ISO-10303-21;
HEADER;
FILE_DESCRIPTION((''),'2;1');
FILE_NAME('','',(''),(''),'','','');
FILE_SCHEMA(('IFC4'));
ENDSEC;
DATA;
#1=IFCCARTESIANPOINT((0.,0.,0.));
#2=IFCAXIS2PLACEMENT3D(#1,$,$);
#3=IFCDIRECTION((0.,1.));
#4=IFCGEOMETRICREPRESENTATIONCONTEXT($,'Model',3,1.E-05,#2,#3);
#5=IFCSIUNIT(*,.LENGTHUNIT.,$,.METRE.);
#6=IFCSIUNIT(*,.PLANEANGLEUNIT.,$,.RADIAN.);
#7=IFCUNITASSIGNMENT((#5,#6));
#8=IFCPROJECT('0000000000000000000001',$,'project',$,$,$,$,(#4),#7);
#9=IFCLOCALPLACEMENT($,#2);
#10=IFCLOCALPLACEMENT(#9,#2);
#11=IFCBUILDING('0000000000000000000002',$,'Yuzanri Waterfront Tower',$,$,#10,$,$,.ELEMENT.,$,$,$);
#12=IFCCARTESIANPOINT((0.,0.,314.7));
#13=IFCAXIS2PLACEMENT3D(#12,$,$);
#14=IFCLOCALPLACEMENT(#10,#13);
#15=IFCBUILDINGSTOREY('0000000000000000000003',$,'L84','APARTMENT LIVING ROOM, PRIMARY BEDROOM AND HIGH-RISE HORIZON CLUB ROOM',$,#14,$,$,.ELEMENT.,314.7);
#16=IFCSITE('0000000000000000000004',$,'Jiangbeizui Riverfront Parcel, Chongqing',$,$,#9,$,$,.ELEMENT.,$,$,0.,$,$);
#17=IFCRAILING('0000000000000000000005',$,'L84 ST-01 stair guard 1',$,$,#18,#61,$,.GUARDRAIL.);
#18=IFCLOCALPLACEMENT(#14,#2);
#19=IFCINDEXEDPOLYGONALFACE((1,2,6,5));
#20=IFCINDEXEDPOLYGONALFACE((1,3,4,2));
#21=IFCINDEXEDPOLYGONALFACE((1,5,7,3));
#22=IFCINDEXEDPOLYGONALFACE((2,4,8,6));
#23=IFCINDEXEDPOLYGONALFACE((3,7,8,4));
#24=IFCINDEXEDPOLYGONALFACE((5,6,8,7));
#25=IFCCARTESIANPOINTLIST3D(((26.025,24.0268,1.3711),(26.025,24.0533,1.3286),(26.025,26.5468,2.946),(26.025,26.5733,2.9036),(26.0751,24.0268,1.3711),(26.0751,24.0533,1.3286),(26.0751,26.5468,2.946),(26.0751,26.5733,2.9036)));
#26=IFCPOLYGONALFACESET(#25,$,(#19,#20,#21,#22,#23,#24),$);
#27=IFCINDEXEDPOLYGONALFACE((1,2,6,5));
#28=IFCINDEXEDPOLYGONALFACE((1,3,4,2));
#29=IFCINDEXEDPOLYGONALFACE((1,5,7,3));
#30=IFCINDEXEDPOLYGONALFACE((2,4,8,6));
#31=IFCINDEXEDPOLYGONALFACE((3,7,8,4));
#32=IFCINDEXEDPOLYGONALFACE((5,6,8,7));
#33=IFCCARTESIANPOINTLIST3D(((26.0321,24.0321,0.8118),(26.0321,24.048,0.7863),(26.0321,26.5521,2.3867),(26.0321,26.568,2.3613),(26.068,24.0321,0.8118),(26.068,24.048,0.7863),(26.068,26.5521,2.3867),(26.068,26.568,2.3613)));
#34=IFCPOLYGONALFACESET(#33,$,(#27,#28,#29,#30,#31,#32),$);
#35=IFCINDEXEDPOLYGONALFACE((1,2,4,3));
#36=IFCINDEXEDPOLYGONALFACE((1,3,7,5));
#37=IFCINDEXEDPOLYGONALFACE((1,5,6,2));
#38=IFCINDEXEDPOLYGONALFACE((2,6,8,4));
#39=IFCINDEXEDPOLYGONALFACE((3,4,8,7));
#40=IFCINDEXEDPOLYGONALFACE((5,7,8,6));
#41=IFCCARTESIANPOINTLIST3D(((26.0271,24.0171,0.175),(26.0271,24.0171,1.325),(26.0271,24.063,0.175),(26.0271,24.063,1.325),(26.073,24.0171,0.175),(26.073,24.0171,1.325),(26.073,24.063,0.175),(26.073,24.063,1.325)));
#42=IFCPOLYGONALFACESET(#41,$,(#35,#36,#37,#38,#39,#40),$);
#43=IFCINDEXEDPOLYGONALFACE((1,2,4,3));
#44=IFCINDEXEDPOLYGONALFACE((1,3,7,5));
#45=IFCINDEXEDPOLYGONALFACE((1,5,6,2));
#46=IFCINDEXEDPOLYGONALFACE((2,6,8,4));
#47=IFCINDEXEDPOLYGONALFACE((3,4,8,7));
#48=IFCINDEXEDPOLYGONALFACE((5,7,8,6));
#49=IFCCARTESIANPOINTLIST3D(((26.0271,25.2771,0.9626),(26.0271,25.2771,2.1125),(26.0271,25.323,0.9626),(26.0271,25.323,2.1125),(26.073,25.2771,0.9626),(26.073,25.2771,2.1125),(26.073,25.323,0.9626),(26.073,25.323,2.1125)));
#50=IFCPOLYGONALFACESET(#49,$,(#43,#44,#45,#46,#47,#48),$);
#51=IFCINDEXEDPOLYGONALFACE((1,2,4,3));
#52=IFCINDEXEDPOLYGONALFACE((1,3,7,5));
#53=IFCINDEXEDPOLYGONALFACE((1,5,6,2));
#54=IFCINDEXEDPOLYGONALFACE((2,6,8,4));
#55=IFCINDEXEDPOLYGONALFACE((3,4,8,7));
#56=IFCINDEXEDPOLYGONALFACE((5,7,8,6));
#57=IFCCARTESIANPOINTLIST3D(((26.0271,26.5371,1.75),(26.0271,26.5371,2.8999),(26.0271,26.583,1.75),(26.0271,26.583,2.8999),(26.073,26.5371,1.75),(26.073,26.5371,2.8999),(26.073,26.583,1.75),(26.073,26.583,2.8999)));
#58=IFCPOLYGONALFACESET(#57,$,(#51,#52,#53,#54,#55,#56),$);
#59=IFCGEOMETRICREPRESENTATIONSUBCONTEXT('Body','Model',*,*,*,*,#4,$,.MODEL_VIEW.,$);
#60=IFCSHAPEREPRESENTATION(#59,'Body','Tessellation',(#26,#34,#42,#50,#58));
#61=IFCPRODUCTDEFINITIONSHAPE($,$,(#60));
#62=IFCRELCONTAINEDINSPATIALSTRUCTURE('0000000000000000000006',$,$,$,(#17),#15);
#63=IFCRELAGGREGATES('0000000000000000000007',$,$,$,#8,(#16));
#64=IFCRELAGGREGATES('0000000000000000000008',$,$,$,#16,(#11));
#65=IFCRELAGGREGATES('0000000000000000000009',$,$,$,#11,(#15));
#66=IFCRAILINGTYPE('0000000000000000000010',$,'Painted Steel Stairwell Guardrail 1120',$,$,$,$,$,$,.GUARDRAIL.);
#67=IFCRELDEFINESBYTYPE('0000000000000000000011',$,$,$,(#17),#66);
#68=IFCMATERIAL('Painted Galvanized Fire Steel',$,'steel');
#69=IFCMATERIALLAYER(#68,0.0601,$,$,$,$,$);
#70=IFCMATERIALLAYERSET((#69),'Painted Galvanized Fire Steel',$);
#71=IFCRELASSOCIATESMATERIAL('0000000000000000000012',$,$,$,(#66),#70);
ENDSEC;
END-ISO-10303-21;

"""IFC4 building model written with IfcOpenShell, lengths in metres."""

from ifc_helpers import new_model, si_unit, direction, frame, origin, origin_2d, place, context, subcontext, project, spatial, rectangle, extrude, source, transform, mapped, material, layer, layer_set, type_object, element, save


model = new_model("IFC4")

# Units and contexts
model_context = context("Model", 3, precision=1e-05, world=origin(), true_north=direction((0.0, 1.0)))
body_context = subcontext(model_context, "Body", "Model", "MODEL_VIEW")
ifc_project = project(units=[si_unit("LENGTHUNIT", "METRE"), si_unit("PLANEANGLEUNIT", "RADIAN")], contexts=[model_context])

# Site, building, storey
site_placement = place(None, origin())
site = spatial("IfcSite", under=ifc_project, at=site_placement, Name="Jiangbeizui Riverfront Parcel, Chongqing", CompositionType="ELEMENT", RefElevation=0.0)
building_placement = place(site_placement, origin())
building = spatial("IfcBuilding", under=site, at=building_placement, Name="Yuzanri Waterfront Tower", CompositionType="ELEMENT")
storey_placement = place(building_placement, frame((0.0, 0.0, 314.7)))
storey = spatial("IfcBuildingStorey", under=building, at=storey_placement, Name="L84", Description="APARTMENT LIVING ROOM, PRIMARY BEDROOM AND HIGH-RISE HORIZON CLUB ROOM", CompositionType="ELEMENT", Elevation=314.7)

# Railing
ifc_material_1 = material(Name="Painted Galvanized Fire Steel", Category="steel")
ifc_layer_1 = layer(ifc_material_1, 0.0601)
ifc_layer_set_1 = layer_set([ifc_layer_1], Name="Painted Galvanized Fire Steel")
railing_type = type_object("IfcRailingType", Name="Painted Steel Stairwell Guardrail 1120", PredefinedType="GUARDRAIL", material=ifc_layer_set_1)
shared_shape_1 = source(origin(), body_context, "Body", "SweptSolid", [
    extrude(rectangle(XDim=0.05, YDim=0.05, at=origin_2d()), frame((0.0, 0.0, 1.1748), z_axis=(0.0, 0.848008, 0.529984), x_axis=(-1.0, 0.0, 0.0)), (0.0, 0.0, 1.0), 2.9717),
    extrude(rectangle(XDim=0.0359, YDim=0.03, at=origin_2d()), frame((0.0, 0.0, 0.624), z_axis=(0.0, 0.848008, 0.529984), x_axis=(-1.0, 0.0, 0.0)), (0.0, 0.0, 1.0), 2.9717),
    extrude(rectangle(XDim=0.0459, YDim=0.0459, at=origin_2d()), origin(), (0.0, 0.0, 1.0), 1.1499),
    extrude(rectangle(XDim=0.0459, YDim=0.0459, at=origin_2d()), frame((0.0, 1.26, 0.7876)), (0.0, 0.0, 1.0), 1.1499),
    extrude(rectangle(XDim=0.0459, YDim=0.0459, at=origin_2d()), frame((0.0, 2.52, 1.575)), (0.0, 0.0, 1.0), 1.1499),
])
railing_1_placement = place(storey_placement, frame((26.05, 24.04, 0.175)))
element("IfcRailing", 1, at=railing_1_placement, inside=storey, type_object=railing_type, Name="L84 ST-01 stair guard 1", PredefinedType="GUARDRAIL", context=body_context, shape_type="MappedRepresentation", body=[
    mapped(shared_shape_1, transform((0.0, 0.0, 0.0), scale=1.0)),
])

save(model, "model.ifc")
